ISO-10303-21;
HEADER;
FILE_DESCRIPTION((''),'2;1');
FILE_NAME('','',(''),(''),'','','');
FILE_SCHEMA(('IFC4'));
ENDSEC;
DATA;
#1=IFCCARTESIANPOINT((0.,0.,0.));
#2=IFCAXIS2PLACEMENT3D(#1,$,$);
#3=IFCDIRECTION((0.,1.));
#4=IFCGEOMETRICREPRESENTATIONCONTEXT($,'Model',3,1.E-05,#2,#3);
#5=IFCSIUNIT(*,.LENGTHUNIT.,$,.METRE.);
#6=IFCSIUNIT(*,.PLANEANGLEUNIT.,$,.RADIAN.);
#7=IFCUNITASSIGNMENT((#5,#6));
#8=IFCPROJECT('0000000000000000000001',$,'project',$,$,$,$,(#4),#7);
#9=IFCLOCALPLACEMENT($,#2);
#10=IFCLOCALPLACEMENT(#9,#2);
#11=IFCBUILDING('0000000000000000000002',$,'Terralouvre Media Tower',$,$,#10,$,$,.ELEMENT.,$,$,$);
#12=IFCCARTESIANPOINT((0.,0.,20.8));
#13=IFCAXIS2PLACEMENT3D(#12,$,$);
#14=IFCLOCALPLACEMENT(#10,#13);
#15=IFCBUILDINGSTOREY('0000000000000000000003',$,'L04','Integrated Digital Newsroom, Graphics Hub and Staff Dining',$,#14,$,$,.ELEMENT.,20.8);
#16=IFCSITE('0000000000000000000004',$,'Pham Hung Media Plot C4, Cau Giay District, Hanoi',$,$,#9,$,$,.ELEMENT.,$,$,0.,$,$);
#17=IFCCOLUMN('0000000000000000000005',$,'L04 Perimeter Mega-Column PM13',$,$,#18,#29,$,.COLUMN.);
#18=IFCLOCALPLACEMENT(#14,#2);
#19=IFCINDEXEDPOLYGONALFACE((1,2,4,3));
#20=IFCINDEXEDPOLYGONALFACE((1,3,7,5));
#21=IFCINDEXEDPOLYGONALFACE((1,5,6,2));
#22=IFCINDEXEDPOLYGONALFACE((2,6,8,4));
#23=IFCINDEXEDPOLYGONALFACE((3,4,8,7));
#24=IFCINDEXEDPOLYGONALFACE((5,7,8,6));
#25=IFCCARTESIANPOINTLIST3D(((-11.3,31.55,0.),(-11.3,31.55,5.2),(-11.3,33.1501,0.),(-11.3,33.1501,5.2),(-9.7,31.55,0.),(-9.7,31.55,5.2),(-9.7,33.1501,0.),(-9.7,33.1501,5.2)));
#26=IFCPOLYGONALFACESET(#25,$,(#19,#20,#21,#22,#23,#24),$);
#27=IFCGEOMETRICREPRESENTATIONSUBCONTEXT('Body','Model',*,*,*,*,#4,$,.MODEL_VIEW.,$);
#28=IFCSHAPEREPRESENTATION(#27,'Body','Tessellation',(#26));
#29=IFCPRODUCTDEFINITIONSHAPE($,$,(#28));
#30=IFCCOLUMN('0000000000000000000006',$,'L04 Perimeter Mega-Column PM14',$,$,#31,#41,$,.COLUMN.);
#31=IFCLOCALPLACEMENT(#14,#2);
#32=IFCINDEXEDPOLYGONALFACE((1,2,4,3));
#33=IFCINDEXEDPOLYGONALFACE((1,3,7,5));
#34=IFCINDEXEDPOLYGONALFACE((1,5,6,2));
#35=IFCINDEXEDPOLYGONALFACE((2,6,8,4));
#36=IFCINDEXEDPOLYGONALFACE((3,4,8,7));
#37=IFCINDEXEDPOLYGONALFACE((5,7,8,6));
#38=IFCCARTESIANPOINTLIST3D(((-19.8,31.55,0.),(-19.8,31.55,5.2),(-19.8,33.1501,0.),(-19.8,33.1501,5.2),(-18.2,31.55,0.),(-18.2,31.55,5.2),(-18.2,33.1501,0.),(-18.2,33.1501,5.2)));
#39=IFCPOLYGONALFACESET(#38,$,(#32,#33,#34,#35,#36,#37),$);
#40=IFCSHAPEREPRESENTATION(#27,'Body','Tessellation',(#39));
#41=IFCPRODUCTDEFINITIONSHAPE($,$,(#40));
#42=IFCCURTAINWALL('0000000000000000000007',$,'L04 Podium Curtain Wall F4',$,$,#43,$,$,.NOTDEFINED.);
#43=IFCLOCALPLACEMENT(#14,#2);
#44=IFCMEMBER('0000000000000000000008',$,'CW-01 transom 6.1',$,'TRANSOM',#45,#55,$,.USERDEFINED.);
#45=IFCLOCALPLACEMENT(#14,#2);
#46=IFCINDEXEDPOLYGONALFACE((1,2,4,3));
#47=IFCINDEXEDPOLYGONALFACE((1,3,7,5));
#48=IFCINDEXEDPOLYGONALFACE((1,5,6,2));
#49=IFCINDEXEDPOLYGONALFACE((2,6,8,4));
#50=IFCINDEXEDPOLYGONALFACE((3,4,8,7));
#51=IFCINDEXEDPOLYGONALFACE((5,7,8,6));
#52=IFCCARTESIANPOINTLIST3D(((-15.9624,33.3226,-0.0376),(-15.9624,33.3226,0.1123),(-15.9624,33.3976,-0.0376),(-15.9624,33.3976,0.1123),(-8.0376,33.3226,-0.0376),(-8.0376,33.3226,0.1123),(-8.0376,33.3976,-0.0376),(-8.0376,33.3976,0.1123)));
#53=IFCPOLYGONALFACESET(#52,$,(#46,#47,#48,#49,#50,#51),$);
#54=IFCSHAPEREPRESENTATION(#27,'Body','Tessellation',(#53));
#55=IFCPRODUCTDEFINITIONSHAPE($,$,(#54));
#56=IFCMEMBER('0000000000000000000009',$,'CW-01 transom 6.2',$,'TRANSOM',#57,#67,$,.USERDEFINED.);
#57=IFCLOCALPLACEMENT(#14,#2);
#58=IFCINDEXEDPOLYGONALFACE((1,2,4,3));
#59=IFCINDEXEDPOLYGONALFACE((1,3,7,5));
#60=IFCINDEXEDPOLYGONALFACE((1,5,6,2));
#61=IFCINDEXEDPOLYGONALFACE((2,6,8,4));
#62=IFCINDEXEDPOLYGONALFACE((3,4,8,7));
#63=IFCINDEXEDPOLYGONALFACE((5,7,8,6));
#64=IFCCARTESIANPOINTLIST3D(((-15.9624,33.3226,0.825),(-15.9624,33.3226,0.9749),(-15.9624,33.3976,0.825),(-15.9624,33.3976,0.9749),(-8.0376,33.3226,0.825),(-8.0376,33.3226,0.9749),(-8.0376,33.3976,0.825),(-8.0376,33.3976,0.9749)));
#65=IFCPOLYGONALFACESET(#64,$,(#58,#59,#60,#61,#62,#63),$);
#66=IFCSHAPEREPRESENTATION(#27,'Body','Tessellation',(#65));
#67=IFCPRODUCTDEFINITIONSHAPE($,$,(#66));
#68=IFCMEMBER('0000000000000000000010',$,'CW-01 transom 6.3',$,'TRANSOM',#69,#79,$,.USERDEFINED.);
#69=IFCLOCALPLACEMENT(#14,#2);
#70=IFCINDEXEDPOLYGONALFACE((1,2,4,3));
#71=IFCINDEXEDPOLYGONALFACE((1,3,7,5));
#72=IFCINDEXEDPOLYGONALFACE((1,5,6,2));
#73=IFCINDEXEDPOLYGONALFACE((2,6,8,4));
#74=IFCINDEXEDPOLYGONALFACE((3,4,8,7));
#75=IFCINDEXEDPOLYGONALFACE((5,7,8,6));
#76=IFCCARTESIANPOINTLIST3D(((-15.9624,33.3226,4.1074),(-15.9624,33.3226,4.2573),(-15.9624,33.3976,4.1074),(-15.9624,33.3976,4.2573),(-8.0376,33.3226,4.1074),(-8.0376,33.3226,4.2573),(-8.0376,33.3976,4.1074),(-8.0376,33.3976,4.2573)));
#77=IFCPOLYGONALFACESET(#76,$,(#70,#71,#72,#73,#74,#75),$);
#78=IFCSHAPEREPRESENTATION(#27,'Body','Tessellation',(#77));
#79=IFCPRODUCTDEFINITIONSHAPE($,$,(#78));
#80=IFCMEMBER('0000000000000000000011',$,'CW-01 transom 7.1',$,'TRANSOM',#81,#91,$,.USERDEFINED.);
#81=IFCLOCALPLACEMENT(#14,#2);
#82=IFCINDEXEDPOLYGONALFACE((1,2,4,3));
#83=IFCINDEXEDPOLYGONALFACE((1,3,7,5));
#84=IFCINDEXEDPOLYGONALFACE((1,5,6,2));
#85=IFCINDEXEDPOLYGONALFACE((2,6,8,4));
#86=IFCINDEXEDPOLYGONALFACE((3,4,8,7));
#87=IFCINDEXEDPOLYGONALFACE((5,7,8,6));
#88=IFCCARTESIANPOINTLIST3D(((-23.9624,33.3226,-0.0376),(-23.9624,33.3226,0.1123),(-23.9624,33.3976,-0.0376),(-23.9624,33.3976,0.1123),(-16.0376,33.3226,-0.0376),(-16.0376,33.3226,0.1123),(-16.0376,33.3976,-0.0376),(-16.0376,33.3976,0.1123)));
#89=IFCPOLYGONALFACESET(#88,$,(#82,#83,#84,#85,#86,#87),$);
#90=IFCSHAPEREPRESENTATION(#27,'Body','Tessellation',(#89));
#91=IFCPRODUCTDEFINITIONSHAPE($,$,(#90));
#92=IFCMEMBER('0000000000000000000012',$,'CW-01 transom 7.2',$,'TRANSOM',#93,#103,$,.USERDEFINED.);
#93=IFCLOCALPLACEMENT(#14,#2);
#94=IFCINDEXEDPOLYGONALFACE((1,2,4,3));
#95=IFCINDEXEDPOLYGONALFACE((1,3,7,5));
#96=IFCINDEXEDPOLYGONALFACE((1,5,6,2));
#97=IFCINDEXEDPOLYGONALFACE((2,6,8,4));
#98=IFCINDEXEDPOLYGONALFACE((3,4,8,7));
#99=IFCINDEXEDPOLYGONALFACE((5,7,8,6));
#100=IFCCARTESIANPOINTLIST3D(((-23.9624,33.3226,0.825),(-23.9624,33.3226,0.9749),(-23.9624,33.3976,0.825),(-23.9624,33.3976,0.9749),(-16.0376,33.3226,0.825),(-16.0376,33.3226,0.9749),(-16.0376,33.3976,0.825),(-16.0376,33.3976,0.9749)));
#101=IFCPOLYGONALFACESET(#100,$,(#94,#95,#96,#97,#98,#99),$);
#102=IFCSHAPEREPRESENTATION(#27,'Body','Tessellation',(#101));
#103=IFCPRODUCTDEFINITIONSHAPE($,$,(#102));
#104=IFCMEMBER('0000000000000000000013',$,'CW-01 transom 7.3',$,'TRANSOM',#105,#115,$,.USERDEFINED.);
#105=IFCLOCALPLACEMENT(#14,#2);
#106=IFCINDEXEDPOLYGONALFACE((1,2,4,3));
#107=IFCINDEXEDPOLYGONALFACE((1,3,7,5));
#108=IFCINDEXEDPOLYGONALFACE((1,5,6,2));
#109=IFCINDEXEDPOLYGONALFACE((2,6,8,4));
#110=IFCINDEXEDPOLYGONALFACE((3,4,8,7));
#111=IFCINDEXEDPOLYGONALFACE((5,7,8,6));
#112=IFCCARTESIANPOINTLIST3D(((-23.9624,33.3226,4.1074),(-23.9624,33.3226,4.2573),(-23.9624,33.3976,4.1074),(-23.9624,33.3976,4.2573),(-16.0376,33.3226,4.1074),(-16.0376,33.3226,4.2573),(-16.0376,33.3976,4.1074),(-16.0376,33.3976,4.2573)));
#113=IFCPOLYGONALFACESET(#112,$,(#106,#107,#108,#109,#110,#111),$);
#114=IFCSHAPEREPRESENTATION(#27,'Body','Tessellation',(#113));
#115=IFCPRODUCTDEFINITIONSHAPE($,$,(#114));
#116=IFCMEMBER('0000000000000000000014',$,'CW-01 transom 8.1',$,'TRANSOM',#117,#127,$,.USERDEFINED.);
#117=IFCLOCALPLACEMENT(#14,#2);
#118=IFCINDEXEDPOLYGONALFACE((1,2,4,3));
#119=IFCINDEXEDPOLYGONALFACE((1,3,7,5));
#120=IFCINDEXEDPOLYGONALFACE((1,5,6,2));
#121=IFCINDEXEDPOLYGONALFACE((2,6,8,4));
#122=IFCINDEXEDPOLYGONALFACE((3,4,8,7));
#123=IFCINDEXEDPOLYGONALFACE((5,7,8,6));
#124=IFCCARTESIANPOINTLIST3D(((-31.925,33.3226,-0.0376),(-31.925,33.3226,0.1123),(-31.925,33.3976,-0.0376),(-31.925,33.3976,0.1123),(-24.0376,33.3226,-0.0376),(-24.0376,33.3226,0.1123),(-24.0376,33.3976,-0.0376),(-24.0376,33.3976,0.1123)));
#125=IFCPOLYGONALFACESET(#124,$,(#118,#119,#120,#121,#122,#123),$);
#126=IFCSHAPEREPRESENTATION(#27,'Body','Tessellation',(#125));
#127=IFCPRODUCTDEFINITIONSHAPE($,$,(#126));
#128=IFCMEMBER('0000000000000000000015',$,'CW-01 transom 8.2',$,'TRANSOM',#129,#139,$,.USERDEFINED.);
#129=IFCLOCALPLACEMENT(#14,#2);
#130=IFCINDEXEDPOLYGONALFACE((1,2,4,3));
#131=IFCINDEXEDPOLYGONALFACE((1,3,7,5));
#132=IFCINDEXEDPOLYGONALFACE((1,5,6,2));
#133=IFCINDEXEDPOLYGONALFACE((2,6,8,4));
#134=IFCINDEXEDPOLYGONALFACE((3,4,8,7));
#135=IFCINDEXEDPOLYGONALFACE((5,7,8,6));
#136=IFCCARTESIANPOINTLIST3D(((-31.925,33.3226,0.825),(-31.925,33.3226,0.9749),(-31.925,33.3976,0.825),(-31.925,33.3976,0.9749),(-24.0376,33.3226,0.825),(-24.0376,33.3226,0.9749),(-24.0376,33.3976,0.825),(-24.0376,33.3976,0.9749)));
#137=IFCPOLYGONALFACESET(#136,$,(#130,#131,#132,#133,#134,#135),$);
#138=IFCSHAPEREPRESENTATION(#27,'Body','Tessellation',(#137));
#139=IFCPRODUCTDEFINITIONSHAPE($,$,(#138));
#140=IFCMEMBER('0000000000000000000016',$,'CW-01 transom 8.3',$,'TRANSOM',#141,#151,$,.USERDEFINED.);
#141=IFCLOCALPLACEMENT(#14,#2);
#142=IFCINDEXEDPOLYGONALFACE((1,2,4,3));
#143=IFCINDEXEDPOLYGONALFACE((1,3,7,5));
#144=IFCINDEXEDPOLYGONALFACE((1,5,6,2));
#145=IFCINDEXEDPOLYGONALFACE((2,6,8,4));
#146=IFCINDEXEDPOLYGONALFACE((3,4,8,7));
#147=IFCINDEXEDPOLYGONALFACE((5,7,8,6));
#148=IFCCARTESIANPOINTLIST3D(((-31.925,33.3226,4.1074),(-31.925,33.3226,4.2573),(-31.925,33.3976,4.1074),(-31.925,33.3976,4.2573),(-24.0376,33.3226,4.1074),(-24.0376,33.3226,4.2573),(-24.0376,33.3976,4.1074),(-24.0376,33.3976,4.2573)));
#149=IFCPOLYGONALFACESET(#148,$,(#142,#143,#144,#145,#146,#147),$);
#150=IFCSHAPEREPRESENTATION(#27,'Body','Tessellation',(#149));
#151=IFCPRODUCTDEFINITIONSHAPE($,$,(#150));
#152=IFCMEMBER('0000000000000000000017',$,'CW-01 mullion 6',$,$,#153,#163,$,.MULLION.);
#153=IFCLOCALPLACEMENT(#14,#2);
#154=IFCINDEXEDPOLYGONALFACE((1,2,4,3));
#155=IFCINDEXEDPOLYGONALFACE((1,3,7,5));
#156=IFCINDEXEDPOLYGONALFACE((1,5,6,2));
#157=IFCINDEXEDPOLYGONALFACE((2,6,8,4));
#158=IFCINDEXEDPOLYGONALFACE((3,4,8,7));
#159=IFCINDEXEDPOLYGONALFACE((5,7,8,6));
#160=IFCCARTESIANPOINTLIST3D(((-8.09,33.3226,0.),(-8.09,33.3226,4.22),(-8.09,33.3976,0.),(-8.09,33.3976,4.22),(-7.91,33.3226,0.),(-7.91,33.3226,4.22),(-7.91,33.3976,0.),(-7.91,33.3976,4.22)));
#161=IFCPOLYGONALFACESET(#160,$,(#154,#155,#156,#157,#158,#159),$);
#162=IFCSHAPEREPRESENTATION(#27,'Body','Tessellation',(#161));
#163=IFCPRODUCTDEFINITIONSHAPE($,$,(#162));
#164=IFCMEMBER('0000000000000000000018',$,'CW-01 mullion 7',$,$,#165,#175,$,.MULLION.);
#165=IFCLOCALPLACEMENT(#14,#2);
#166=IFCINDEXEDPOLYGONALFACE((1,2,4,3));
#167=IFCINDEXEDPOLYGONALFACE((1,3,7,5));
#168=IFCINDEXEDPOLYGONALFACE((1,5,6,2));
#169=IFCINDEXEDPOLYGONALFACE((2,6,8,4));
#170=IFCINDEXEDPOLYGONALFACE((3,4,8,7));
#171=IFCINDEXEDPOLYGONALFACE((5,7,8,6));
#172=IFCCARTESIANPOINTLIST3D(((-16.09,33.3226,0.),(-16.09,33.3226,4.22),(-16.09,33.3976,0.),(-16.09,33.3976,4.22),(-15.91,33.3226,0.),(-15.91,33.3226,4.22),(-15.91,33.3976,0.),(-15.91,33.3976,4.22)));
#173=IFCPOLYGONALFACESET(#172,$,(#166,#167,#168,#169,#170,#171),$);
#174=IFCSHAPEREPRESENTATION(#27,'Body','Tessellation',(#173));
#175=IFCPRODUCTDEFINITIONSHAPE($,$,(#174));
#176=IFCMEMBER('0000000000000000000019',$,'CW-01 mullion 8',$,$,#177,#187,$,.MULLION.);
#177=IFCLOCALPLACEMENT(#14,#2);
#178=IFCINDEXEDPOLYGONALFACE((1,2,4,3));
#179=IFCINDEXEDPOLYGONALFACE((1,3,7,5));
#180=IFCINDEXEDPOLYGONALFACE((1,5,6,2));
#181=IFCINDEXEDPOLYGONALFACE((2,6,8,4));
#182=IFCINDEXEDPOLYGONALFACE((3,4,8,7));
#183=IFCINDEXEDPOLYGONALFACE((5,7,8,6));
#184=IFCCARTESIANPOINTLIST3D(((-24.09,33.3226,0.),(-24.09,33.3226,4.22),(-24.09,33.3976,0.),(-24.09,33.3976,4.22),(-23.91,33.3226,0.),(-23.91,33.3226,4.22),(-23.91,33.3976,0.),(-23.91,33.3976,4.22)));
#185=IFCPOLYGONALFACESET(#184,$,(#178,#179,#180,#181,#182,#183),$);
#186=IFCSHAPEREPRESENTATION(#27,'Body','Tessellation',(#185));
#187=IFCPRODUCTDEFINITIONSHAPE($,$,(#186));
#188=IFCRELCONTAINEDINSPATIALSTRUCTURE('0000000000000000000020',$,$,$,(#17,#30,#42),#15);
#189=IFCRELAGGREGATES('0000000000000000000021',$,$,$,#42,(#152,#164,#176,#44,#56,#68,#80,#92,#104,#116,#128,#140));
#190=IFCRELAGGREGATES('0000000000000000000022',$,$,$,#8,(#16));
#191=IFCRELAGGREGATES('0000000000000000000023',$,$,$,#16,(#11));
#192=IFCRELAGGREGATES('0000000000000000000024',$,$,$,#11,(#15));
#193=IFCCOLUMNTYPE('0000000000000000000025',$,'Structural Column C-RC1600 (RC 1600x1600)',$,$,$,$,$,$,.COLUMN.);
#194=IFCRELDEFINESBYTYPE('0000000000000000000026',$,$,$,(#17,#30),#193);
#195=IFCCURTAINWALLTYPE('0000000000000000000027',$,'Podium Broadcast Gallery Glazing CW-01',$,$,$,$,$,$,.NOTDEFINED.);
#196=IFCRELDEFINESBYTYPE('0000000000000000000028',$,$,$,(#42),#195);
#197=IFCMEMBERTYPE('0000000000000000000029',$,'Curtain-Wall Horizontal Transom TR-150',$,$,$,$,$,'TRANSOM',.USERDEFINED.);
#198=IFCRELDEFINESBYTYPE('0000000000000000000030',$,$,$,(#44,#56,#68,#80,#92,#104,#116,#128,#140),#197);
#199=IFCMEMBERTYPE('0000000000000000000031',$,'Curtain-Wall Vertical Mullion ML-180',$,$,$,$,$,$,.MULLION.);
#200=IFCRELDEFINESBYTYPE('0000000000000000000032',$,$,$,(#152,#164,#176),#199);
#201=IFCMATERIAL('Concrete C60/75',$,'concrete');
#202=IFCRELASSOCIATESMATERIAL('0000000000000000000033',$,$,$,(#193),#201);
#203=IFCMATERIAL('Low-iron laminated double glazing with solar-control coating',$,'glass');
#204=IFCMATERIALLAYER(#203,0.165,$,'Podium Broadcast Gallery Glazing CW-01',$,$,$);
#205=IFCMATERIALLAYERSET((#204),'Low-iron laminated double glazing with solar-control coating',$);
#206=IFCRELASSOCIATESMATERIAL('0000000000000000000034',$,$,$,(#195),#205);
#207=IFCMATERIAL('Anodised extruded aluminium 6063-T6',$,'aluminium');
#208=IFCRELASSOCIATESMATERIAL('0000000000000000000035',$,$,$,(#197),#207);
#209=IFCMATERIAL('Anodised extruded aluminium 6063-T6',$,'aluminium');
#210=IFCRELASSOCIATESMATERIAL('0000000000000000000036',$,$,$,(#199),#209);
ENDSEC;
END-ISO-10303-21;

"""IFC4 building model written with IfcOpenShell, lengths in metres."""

from ifc_helpers import new_model, si_unit, direction, frame, origin, origin_2d, place, context, subcontext, project, spatial, rectangle, extrude, material, layer, layer_set, material_profile, profile_set, type_object, element, aggregate, save


model = new_model("IFC4")

# Units and contexts
model_context = context("Model", 3, precision=1e-05, world=origin(), true_north=direction((0.0, 1.0)))
body_context = subcontext(model_context, "Body", "Model", "MODEL_VIEW")
ifc_project = project(units=[si_unit("LENGTHUNIT", "METRE"), si_unit("PLANEANGLEUNIT", "RADIAN")], contexts=[model_context])

# Site, building, storey
site_placement = place(None, origin())
site = spatial("IfcSite", under=ifc_project, at=site_placement, Name="Pham Hung Media Plot C4, Cau Giay District, Hanoi", CompositionType="ELEMENT", RefElevation=0.0)
building_placement = place(site_placement, origin())
building = spatial("IfcBuilding", under=site, at=building_placement, Name="Terralouvre Media Tower", CompositionType="ELEMENT")
storey_placement = place(building_placement, frame((0.0, 0.0, 20.8)))
storey = spatial("IfcBuildingStorey", under=building, at=storey_placement, Name="L04", Description="Integrated Digital Newsroom, Graphics Hub and Staff Dining", CompositionType="ELEMENT", Elevation=20.8)

# Columns
ifc_material_1 = material(Name="Concrete C60/75", Category="concrete")
ifc_material_profile_1 = material_profile(ifc_material_1, rectangle(XDim=1.6001, YDim=1.6001, at=origin_2d()), Name="RC 1600x1600")
ifc_profile_set_1 = profile_set([ifc_material_profile_1], Name="Concrete C60/75")
column_type = type_object("IfcColumnType", Name="Structural Column C-RC1600 (RC 1600x1600)", PredefinedType="COLUMN", material=ifc_profile_set_1)
for number, where, z_axis, x_axis, name in (
    (1, (-10.5, 32.3501, 0.0), (0.0, 0.0, 1.0), (1.0, 0.0, 0.0), "L04 Perimeter Mega-Column PM13"),
    (2, (-19.0, 32.3501, 0.0), (0.0, 0.0, 1.0), (1.0, 0.0, 0.0), "L04 Perimeter Mega-Column PM14"),
):
    element("IfcColumn", number, at=place(storey_placement, frame(where, z_axis=z_axis, x_axis=x_axis)), inside=storey, type_object=column_type, Name=name, PredefinedType="COLUMN", context=body_context, shape_type="SweptSolid", body=[
        extrude(rectangle(XDim=1.6001, YDim=1.6001, at=origin_2d()), origin(), (0.0, 0.0, 1.0), 5.2),
    ])

# Curtain wall, members
ifc_material_2 = material(Name="Low-iron laminated double glazing with solar-control coating", Category="glass")
ifc_layer_1 = layer(ifc_material_2, 0.165, Name="Podium Broadcast Gallery Glazing CW-01")
ifc_layer_set_1 = layer_set([ifc_layer_1], Name="Low-iron laminated double glazing with solar-control coating")
curtain_wall_type = type_object("IfcCurtainWallType", Name="Podium Broadcast Gallery Glazing CW-01", PredefinedType="NOTDEFINED", material=ifc_layer_set_1)
curtain_wall_placement = place(storey_placement, origin())
curtain_wall = element("IfcCurtainWall", 3, at=curtain_wall_placement, inside=storey, type_object=curtain_wall_type, Name="L04 Podium Curtain Wall F4", PredefinedType="NOTDEFINED")
ifc_material_3 = material(Name="Anodised extruded aluminium 6063-T6", Category="aluminium")
ifc_material_profile_2 = material_profile(ifc_material_3, rectangle(XDim=0.075, YDim=0.1499, at=origin_2d()), Name="ALU 75x150")
ifc_profile_set_2 = profile_set([ifc_material_profile_2], Name="Anodised extruded aluminium 6063-T6")
member_type_1 = type_object("IfcMemberType", Name="Curtain-Wall Horizontal Transom TR-150", ElementType="TRANSOM", PredefinedType="USERDEFINED", material=ifc_profile_set_2)
member_1_placement = place(storey_placement, frame((-8.0376, 33.3601, 0.0374), z_axis=(-1.0, 0.0, 0.0), x_axis=(0.0, -1.0, 0.0)))
member_1 = element("IfcMember", 4, at=member_1_placement, type_object=member_type_1, Name="CW-01 transom 6.1", ObjectType="TRANSOM", PredefinedType="USERDEFINED", context=body_context, shape_type="SweptSolid", body=[
    extrude(rectangle(XDim=0.075, YDim=0.1499, at=origin_2d()), origin(), (0.0, 0.0, 1.0), 7.9248),
])
member_2_placement = place(storey_placement, frame((-8.0376, 33.3601, 0.8999), z_axis=(-1.0, 0.0, 0.0), x_axis=(0.0, -1.0, 0.0)))
member_2 = element("IfcMember", 5, at=member_2_placement, type_object=member_type_1, Name="CW-01 transom 6.2", ObjectType="TRANSOM", PredefinedType="USERDEFINED", context=body_context, shape_type="SweptSolid", body=[
    extrude(rectangle(XDim=0.075, YDim=0.1499, at=origin_2d()), origin(), (0.0, 0.0, 1.0), 7.9248),
])
member_3_placement = place(storey_placement, frame((-8.0376, 33.3601, 4.1824), z_axis=(-1.0, 0.0, 0.0), x_axis=(0.0, -1.0, 0.0)))
member_3 = element("IfcMember", 6, at=member_3_placement, type_object=member_type_1, Name="CW-01 transom 6.3", ObjectType="TRANSOM", PredefinedType="USERDEFINED", context=body_context, shape_type="SweptSolid", body=[
    extrude(rectangle(XDim=0.075, YDim=0.1499, at=origin_2d()), origin(), (0.0, 0.0, 1.0), 7.9248),
])
member_4_placement = place(storey_placement, frame((-16.0376, 33.3601, 0.0374), z_axis=(-1.0, 0.0, 0.0), x_axis=(0.0, -1.0, 0.0)))
member_4 = element("IfcMember", 7, at=member_4_placement, type_object=member_type_1, Name="CW-01 transom 7.1", ObjectType="TRANSOM", PredefinedType="USERDEFINED", context=body_context, shape_type="SweptSolid", body=[
    extrude(rectangle(XDim=0.075, YDim=0.1499, at=origin_2d()), origin(), (0.0, 0.0, 1.0), 7.9248),
])
member_5_placement = place(storey_placement, frame((-16.0376, 33.3601, 0.8999), z_axis=(-1.0, 0.0, 0.0), x_axis=(0.0, -1.0, 0.0)))
member_5 = element("IfcMember", 8, at=member_5_placement, type_object=member_type_1, Name="CW-01 transom 7.2", ObjectType="TRANSOM", PredefinedType="USERDEFINED", context=body_context, shape_type="SweptSolid", body=[
    extrude(rectangle(XDim=0.075, YDim=0.1499, at=origin_2d()), origin(), (0.0, 0.0, 1.0), 7.9248),
])
member_6_placement = place(storey_placement, frame((-16.0376, 33.3601, 4.1824), z_axis=(-1.0, 0.0, 0.0), x_axis=(0.0, -1.0, 0.0)))
member_6 = element("IfcMember", 9, at=member_6_placement, type_object=member_type_1, Name="CW-01 transom 7.3", ObjectType="TRANSOM", PredefinedType="USERDEFINED", context=body_context, shape_type="SweptSolid", body=[
    extrude(rectangle(XDim=0.075, YDim=0.1499, at=origin_2d()), origin(), (0.0, 0.0, 1.0), 7.9248),
])
member_7_placement = place(storey_placement, frame((-24.0376, 33.3601, 0.0374), z_axis=(-1.0, 0.0, 0.0), x_axis=(0.0, -1.0, 0.0)))
member_7 = element("IfcMember", 10, at=member_7_placement, type_object=member_type_1, Name="CW-01 transom 8.1", ObjectType="TRANSOM", PredefinedType="USERDEFINED", context=body_context, shape_type="SweptSolid", body=[
    extrude(rectangle(XDim=0.075, YDim=0.1499, at=origin_2d()), origin(), (0.0, 0.0, 1.0), 7.8875),
])
member_8_placement = place(storey_placement, frame((-24.0376, 33.3601, 0.8999), z_axis=(-1.0, 0.0, 0.0), x_axis=(0.0, -1.0, 0.0)))
member_8 = element("IfcMember", 11, at=member_8_placement, type_object=member_type_1, Name="CW-01 transom 8.2", ObjectType="TRANSOM", PredefinedType="USERDEFINED", context=body_context, shape_type="SweptSolid", body=[
    extrude(rectangle(XDim=0.075, YDim=0.1499, at=origin_2d()), origin(), (0.0, 0.0, 1.0), 7.8875),
])
member_9_placement = place(storey_placement, frame((-24.0376, 33.3601, 4.1824), z_axis=(-1.0, 0.0, 0.0), x_axis=(0.0, -1.0, 0.0)))
member_9 = element("IfcMember", 12, at=member_9_placement, type_object=member_type_1, Name="CW-01 transom 8.3", ObjectType="TRANSOM", PredefinedType="USERDEFINED", context=body_context, shape_type="SweptSolid", body=[
    extrude(rectangle(XDim=0.075, YDim=0.1499, at=origin_2d()), origin(), (0.0, 0.0, 1.0), 7.8875),
])
ifc_material_4 = material(Name="Anodised extruded aluminium 6063-T6", Category="aluminium")
ifc_material_profile_3 = material_profile(ifc_material_4, rectangle(XDim=0.075, YDim=0.1799, at=origin_2d()), Name="ALU 75x180")
ifc_profile_set_3 = profile_set([ifc_material_profile_3], Name="Anodised extruded aluminium 6063-T6")
member_type_2 = type_object("IfcMemberType", Name="Curtain-Wall Vertical Mullion ML-180", PredefinedType="MULLION", material=ifc_profile_set_3)
member_10_placement = place(storey_placement, frame((-8.0, 33.3601, 0.0), z_axis=(0.0, 0.0, 1.0), x_axis=(0.0, -1.0, 0.0)))
member_10 = element("IfcMember", 13, at=member_10_placement, type_object=member_type_2, Name="CW-01 mullion 6", PredefinedType="MULLION", context=body_context, shape_type="SweptSolid", body=[
    extrude(rectangle(XDim=0.075, YDim=0.1799, at=origin_2d()), origin(), (0.0, 0.0, 1.0), 4.22),
])
member_11_placement = place(storey_placement, frame((-16.0, 33.3601, 0.0), z_axis=(0.0, 0.0, 1.0), x_axis=(0.0, -1.0, 0.0)))
member_11 = element("IfcMember", 14, at=member_11_placement, type_object=member_type_2, Name="CW-01 mullion 7", PredefinedType="MULLION", context=body_context, shape_type="SweptSolid", body=[
    extrude(rectangle(XDim=0.075, YDim=0.1799, at=origin_2d()), origin(), (0.0, 0.0, 1.0), 4.22),
])
member_12_placement = place(storey_placement, frame((-24.0, 33.3601, 0.0), z_axis=(0.0, 0.0, 1.0), x_axis=(0.0, -1.0, 0.0)))
member_12 = element("IfcMember", 15, at=member_12_placement, type_object=member_type_2, Name="CW-01 mullion 8", PredefinedType="MULLION", context=body_context, shape_type="SweptSolid", body=[
    extrude(rectangle(XDim=0.075, YDim=0.1799, at=origin_2d()), origin(), (0.0, 0.0, 1.0), 4.22),
])

aggregate(curtain_wall, [member_10, member_11, member_12, member_1, member_2, member_3, member_4, member_5, member_6, member_7, member_8, member_9])

save(model, "model.ifc")
